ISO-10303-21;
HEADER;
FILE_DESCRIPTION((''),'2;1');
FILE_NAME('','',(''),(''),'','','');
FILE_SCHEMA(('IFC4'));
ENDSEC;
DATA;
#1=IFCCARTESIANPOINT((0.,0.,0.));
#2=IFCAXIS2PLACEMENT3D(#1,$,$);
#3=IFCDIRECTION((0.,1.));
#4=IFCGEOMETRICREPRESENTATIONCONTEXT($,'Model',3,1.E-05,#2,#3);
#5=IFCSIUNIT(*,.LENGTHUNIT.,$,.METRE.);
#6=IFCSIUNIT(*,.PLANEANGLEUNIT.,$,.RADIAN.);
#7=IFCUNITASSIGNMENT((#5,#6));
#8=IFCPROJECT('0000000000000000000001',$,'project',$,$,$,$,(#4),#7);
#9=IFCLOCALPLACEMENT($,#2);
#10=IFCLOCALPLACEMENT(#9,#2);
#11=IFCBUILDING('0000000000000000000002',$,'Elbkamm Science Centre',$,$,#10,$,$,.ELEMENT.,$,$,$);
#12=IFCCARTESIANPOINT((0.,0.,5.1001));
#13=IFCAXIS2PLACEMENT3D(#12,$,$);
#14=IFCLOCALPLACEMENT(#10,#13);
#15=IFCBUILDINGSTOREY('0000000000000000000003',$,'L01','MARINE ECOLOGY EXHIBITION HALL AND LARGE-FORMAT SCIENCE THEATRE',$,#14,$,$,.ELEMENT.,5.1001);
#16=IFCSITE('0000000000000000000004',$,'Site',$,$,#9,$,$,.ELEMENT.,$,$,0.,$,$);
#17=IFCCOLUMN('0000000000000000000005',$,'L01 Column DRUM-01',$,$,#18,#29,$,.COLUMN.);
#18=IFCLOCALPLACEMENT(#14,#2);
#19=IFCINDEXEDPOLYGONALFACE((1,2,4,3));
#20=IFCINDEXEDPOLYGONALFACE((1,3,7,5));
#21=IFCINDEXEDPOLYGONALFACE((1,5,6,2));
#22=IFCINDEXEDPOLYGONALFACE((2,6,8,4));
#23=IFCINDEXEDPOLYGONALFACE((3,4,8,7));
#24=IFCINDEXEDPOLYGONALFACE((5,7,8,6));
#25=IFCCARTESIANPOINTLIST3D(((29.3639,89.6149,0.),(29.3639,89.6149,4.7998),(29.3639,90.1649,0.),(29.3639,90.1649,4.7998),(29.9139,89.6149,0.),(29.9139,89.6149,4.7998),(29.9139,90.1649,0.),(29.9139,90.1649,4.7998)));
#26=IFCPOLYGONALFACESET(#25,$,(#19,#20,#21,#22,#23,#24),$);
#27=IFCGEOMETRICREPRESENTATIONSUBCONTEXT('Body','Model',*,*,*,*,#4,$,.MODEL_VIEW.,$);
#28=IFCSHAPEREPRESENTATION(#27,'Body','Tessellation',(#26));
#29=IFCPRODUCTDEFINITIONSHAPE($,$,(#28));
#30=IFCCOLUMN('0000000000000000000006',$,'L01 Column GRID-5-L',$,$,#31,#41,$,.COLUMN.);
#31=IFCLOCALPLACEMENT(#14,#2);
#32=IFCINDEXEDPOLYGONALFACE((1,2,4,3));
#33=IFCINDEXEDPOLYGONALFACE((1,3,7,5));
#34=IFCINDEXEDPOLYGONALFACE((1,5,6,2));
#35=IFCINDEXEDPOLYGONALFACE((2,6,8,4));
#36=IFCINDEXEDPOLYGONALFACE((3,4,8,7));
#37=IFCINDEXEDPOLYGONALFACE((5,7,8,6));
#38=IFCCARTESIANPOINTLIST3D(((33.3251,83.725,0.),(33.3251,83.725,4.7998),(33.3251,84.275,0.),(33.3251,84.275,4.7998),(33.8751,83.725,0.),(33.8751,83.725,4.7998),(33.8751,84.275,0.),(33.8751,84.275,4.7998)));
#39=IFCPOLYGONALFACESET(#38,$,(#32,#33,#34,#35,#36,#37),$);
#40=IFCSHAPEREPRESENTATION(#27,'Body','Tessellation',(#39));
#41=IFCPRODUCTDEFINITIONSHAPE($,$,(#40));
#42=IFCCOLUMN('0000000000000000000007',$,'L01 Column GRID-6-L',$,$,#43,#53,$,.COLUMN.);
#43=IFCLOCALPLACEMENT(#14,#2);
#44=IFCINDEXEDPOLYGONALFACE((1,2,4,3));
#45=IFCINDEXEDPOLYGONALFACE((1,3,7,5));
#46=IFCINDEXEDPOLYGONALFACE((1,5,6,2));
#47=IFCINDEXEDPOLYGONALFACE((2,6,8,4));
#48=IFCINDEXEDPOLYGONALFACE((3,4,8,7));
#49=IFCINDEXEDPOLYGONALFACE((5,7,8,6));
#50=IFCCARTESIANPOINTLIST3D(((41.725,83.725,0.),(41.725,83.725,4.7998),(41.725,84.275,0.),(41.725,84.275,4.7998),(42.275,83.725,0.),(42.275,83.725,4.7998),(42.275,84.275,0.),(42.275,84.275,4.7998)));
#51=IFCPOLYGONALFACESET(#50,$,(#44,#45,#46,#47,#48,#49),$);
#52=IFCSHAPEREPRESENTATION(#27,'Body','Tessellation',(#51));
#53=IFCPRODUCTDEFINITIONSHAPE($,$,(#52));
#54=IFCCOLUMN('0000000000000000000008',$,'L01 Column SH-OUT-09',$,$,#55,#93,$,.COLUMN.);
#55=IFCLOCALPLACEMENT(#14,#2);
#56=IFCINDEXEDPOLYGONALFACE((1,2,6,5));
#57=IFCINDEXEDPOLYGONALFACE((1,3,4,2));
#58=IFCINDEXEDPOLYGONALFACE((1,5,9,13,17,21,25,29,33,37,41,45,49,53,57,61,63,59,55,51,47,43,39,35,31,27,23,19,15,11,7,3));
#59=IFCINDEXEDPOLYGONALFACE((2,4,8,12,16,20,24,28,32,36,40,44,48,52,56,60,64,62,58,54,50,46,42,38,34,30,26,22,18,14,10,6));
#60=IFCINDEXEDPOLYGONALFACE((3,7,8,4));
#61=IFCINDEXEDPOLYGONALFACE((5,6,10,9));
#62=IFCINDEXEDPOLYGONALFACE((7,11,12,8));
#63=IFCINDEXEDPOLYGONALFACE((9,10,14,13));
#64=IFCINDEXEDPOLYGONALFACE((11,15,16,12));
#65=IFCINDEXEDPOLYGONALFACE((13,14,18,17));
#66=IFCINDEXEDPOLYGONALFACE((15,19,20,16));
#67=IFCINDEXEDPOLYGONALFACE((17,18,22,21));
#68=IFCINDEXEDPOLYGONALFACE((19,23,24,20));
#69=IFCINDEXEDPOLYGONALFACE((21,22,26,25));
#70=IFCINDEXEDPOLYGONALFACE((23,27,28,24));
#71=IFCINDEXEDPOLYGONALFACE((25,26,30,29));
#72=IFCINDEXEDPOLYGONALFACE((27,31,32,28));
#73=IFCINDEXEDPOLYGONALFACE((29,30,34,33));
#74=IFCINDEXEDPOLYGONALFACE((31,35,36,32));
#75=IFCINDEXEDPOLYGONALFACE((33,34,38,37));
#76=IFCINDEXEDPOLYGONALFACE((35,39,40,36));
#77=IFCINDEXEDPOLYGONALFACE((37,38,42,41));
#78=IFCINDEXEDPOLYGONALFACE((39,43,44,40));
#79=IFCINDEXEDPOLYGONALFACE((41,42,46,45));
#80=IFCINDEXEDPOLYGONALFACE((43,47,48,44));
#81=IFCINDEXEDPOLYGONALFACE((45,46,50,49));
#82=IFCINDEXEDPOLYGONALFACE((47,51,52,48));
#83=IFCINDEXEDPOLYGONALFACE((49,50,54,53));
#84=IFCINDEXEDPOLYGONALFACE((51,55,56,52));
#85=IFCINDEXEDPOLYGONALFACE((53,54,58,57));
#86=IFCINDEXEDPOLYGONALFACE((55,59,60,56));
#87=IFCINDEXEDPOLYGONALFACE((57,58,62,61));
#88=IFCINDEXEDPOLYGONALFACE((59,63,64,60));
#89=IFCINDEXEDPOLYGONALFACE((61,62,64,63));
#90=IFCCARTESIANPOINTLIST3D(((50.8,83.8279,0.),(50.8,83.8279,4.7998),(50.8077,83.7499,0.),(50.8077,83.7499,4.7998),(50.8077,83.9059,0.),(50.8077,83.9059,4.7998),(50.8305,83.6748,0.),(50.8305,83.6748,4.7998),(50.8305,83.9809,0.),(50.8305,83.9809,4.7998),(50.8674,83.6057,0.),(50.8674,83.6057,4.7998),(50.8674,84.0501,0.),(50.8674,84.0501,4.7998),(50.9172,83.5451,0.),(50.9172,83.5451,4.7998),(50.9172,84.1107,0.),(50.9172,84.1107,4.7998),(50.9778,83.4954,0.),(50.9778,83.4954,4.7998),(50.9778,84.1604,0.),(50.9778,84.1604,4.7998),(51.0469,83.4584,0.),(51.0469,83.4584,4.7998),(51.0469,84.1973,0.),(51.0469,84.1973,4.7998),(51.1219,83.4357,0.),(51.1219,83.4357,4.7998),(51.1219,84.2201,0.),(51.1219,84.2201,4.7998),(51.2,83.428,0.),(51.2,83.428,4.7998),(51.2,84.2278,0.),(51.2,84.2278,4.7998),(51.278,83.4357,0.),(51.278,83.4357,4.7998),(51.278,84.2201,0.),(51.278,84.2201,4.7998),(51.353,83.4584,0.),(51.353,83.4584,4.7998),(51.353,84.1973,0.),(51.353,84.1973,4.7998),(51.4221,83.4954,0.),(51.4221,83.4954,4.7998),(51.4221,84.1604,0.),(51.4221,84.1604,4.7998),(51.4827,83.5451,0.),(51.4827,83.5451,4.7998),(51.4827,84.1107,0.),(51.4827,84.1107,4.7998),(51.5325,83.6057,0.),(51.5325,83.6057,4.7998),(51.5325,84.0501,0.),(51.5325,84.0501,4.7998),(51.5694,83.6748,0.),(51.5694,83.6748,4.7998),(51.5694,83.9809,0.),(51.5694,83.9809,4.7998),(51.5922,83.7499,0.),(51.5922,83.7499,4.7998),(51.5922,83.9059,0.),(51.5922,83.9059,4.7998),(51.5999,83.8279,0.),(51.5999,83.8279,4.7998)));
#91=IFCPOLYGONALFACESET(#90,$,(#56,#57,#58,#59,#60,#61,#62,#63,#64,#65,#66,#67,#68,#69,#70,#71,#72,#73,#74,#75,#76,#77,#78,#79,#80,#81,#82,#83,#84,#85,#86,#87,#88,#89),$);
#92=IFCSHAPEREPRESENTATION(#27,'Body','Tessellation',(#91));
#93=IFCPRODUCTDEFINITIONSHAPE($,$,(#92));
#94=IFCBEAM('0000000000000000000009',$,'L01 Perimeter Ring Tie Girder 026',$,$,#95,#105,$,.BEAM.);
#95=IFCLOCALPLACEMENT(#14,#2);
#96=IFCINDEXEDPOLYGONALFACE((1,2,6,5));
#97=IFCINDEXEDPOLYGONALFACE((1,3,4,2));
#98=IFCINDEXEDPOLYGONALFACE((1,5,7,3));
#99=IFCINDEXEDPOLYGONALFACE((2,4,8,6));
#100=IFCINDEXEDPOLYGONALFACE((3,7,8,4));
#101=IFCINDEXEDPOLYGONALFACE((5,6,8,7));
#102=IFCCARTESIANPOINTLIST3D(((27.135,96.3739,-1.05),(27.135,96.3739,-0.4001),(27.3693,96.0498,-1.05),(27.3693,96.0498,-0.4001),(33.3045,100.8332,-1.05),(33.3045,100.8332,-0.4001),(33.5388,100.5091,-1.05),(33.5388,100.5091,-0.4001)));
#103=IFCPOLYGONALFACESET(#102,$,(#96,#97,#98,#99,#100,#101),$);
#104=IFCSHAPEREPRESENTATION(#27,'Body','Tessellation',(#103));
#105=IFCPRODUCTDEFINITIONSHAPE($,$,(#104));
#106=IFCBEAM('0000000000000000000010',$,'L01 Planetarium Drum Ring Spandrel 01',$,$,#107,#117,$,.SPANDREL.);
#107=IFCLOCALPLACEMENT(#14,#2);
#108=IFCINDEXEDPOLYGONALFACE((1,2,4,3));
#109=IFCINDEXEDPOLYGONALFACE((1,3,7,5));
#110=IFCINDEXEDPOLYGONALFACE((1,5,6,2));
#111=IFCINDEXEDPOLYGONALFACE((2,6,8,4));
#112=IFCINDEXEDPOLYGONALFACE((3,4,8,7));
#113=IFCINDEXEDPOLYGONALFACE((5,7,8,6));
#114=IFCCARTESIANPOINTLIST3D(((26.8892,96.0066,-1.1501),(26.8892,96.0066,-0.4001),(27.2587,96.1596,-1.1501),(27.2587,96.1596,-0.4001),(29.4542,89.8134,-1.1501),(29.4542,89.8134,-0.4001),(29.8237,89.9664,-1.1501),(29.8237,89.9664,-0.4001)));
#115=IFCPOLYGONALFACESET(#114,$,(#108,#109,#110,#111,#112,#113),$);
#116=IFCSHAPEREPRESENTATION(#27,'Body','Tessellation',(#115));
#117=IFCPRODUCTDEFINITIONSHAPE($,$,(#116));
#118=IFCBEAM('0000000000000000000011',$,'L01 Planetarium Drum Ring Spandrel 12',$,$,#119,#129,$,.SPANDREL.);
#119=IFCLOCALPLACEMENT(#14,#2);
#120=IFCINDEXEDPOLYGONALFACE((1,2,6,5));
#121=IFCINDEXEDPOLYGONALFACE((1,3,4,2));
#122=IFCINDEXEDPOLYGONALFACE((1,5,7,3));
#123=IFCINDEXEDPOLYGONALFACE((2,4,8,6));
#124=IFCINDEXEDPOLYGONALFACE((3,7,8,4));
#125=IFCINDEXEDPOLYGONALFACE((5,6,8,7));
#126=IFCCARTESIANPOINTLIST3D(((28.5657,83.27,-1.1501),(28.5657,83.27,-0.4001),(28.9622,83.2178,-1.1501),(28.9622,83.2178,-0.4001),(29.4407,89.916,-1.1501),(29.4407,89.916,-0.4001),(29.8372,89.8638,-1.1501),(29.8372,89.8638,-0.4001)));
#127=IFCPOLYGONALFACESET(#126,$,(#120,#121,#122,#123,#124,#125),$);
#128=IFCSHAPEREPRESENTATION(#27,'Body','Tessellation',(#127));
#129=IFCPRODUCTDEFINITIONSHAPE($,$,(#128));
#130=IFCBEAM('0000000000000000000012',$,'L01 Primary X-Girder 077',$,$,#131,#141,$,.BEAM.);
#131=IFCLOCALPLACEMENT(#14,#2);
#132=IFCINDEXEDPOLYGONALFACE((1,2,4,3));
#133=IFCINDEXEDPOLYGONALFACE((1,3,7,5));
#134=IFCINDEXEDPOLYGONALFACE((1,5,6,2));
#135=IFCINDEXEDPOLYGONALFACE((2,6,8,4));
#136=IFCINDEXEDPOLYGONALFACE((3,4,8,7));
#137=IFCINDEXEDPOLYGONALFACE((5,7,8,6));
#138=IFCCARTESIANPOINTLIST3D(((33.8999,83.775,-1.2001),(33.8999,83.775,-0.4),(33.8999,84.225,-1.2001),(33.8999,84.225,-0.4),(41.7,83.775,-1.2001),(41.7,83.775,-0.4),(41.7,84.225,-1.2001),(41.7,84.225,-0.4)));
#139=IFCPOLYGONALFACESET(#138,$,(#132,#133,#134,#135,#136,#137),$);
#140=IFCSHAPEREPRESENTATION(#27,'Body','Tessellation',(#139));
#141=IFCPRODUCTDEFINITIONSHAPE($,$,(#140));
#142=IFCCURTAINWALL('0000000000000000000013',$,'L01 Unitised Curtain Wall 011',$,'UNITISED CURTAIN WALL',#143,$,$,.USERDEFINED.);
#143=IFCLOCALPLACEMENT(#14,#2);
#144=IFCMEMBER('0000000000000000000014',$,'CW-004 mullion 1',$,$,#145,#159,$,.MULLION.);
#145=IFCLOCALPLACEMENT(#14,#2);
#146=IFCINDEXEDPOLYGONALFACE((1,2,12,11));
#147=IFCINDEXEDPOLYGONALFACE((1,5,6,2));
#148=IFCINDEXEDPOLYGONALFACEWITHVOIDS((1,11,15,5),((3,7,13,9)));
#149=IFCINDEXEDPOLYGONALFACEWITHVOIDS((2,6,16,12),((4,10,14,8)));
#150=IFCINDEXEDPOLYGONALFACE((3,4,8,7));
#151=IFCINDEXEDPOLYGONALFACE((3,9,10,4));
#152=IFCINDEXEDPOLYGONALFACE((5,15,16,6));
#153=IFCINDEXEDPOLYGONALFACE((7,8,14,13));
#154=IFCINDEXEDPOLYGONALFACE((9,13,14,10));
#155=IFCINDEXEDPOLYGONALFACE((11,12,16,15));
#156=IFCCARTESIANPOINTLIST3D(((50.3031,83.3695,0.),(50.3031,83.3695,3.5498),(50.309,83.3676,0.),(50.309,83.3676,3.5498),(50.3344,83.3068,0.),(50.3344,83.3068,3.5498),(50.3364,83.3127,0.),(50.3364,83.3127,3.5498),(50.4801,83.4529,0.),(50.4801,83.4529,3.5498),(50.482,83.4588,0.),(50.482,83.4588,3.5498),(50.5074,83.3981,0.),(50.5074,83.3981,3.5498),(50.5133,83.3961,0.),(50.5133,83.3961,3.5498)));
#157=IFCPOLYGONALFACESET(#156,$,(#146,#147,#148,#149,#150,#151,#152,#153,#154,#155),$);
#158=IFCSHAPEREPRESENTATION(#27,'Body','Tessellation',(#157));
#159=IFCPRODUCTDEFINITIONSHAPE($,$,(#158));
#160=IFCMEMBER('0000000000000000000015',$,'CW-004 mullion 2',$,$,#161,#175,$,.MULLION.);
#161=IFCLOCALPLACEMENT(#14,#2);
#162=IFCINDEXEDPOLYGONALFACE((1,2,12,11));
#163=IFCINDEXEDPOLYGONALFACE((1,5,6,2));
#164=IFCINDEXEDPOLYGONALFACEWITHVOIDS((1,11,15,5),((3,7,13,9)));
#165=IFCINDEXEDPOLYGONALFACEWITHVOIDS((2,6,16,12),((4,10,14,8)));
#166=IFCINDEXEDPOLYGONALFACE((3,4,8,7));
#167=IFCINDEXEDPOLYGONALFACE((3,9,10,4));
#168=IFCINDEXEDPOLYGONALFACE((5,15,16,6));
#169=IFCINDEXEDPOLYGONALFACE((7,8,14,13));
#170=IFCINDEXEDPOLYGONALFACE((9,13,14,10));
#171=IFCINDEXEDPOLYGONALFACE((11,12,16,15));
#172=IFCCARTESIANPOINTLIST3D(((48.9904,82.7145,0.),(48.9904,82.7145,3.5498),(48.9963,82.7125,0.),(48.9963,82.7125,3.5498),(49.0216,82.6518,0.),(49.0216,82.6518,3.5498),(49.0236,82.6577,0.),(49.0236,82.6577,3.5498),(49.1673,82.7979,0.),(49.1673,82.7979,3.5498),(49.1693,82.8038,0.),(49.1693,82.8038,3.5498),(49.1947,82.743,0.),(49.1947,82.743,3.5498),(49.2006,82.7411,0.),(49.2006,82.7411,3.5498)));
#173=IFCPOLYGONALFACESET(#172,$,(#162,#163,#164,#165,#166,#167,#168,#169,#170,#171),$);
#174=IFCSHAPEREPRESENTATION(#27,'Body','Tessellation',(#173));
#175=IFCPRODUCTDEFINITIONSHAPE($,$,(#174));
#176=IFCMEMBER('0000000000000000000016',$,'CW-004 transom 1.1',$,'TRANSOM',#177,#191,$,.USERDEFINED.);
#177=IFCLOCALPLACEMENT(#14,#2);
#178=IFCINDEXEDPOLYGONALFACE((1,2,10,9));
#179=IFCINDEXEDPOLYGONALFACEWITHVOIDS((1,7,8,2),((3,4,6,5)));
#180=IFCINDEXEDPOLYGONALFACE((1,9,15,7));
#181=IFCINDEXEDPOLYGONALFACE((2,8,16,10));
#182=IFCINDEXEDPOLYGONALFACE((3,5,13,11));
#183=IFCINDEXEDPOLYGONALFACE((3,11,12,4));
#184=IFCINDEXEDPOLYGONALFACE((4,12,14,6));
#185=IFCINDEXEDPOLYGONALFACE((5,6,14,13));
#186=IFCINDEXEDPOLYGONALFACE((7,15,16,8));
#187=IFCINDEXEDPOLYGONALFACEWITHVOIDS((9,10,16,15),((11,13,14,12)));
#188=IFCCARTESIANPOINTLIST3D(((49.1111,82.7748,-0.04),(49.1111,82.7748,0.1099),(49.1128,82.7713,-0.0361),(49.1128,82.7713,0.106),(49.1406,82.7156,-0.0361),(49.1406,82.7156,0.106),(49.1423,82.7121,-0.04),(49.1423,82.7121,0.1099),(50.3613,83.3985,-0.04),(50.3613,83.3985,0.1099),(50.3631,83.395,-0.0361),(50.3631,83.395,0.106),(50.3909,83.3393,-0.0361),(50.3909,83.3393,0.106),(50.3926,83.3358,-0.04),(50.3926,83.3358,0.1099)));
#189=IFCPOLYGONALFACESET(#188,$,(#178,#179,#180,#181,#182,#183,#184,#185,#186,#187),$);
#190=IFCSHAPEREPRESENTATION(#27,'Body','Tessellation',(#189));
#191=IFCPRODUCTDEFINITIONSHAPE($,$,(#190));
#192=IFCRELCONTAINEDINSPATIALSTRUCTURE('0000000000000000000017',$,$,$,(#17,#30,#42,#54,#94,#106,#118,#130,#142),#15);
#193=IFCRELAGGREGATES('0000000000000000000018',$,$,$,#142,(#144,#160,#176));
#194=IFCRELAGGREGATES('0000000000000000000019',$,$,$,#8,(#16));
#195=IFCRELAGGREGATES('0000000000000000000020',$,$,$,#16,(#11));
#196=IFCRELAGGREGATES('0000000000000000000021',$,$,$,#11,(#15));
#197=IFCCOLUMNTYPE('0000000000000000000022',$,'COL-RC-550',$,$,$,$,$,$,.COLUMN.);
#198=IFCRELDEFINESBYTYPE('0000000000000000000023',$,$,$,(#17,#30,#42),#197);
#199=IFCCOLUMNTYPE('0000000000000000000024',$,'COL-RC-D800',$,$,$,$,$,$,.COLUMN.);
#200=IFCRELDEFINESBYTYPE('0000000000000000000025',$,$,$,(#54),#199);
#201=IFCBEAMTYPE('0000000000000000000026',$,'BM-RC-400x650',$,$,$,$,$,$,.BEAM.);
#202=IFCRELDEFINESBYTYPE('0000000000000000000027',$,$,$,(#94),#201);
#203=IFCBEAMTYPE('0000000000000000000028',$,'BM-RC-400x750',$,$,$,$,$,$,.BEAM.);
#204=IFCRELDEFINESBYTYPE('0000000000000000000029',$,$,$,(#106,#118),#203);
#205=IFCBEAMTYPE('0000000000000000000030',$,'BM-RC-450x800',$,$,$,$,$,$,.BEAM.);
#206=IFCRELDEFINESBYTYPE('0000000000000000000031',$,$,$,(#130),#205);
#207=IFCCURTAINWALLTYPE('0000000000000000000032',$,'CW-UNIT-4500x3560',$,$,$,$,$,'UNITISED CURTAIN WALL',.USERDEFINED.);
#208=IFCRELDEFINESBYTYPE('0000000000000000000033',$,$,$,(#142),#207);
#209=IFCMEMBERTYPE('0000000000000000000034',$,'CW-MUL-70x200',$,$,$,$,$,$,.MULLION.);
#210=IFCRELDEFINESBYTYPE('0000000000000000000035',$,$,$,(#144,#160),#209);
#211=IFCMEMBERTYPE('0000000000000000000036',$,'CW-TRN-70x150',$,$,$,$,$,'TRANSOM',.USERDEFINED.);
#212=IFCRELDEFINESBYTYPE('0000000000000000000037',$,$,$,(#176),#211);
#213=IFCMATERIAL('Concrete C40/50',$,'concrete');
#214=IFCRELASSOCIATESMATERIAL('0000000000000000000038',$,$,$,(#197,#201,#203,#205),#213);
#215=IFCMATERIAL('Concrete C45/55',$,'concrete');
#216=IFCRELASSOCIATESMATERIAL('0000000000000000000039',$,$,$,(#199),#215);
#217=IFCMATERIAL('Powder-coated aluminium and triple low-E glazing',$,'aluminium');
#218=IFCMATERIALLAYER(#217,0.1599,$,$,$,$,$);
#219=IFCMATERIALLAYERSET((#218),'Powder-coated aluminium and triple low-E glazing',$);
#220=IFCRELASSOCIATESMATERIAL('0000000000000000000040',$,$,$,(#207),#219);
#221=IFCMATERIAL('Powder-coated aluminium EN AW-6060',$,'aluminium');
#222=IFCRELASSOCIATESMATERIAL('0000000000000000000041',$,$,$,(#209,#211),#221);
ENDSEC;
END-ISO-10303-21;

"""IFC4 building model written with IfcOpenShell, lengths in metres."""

from ifc_helpers import new_model, si_unit, direction, frame, origin, origin_2d, place, context, subcontext, project, spatial, rectangle, hollow_rectangle, circle, extrude, material, layer, layer_set, material_profile, profile_set, type_object, element, aggregate, save


model = new_model("IFC4")

# Units and contexts
model_context = context("Model", 3, precision=1e-05, world=origin(), true_north=direction((0.0, 1.0)))
body_context = subcontext(model_context, "Body", "Model", "MODEL_VIEW")
ifc_project = project(units=[si_unit("LENGTHUNIT", "METRE"), si_unit("PLANEANGLEUNIT", "RADIAN")], contexts=[model_context])

# Site, building, storey
site_placement = place(None, origin())
site = spatial("IfcSite", under=ifc_project, at=site_placement, Name="Site", CompositionType="ELEMENT", RefElevation=0.0)
building_placement = place(site_placement, origin())
building = spatial("IfcBuilding", under=site, at=building_placement, Name="Elbkamm Science Centre", CompositionType="ELEMENT")
storey_placement = place(building_placement, frame((0.0, 0.0, 5.1001)))
storey = spatial("IfcBuildingStorey", under=building, at=storey_placement, Name="L01", Description="MARINE ECOLOGY EXHIBITION HALL AND LARGE-FORMAT SCIENCE THEATRE", CompositionType="ELEMENT", Elevation=5.1001)

# Columns
ifc_material_1 = material(Name="Concrete C40/50", Category="concrete")
ifc_material_profile_1 = material_profile(ifc_material_1, rectangle(XDim=0.55, YDim=0.55, at=origin_2d()), Name="RC 550x550")
ifc_profile_set_1 = profile_set([ifc_material_profile_1], Name="Concrete C40/50")
column_type_1 = type_object("IfcColumnType", Name="COL-RC-550", PredefinedType="COLUMN", material=ifc_profile_set_1)
for number, where, z_axis, x_axis, name in (
    (1, (29.6389, 89.8899, 0.0), (0.0, 0.0, 1.0), (1.0, 0.0, 0.0), "L01 Column DRUM-01"),
    (2, (33.6001, 84.0, 0.0), (0.0, 0.0, 1.0), (1.0, 0.0, 0.0), "L01 Column GRID-5-L"),
    (3, (42.0, 84.0, 0.0), (0.0, 0.0, 1.0), (1.0, 0.0, 0.0), "L01 Column GRID-6-L"),
):
    element("IfcColumn", number, at=place(storey_placement, frame(where, z_axis=z_axis, x_axis=x_axis)), inside=storey, type_object=column_type_1, Name=name, PredefinedType="COLUMN", context=body_context, shape_type="SweptSolid", body=[
        extrude(rectangle(XDim=0.55, YDim=0.55, at=origin_2d()), origin(), (0.0, 0.0, 1.0), 4.7998),
    ])
ifc_material_2 = material(Name="Concrete C45/55", Category="concrete")
ifc_material_profile_2 = material_profile(ifc_material_2, circle(Radius=0.3999, at=origin_2d()), Name="RC D800")
ifc_profile_set_2 = profile_set([ifc_material_profile_2], Name="Concrete C45/55")
column_type_2 = type_object("IfcColumnType", Name="COL-RC-D800", PredefinedType="COLUMN", material=ifc_profile_set_2)
column_placement = place(storey_placement, frame((51.2, 83.8279, 0.0), z_axis=(0.0, 0.0, 1.0), x_axis=(1.0, 0.0, 0.0)))
element("IfcColumn", 4, at=column_placement, inside=storey, type_object=column_type_2, Name="L01 Column SH-OUT-09", PredefinedType="COLUMN", context=body_context, shape_type="SweptSolid", body=[
    extrude(circle(Radius=0.3999, at=origin_2d()), origin(), (0.0, 0.0, 1.0), 4.7998),
])

# Beams
ifc_material_profile_3 = material_profile(ifc_material_1, rectangle(XDim=0.3999, YDim=0.6499, at=origin_2d()), Name="RC 400x650")
ifc_profile_set_3 = profile_set([ifc_material_profile_3], Name="Concrete C40/50")
beam_type_1 = type_object("IfcBeamType", Name="BM-RC-400x650", PredefinedType="BEAM", material=ifc_profile_set_3)
beam_1_placement = place(storey_placement, frame((33.4216, 100.6711, -0.7251), z_axis=(-0.810459, -0.585795, 0.0), x_axis=(0.585795, -0.810459, 0.0)))
element("IfcBeam", 5, at=beam_1_placement, inside=storey, type_object=beam_type_1, Name="L01 Perimeter Ring Tie Girder 026", PredefinedType="BEAM", context=body_context, shape_type="SweptSolid", body=[
    extrude(rectangle(XDim=0.3999, YDim=0.6499, at=origin_2d()), origin(), (0.0, 0.0, 1.0), 7.6123),
])
ifc_material_profile_4 = material_profile(ifc_material_1, rectangle(XDim=0.3999, YDim=0.75, at=origin_2d()), Name="RC 400x750")
ifc_profile_set_4 = profile_set([ifc_material_profile_4], Name="Concrete C40/50")
beam_type_2 = type_object("IfcBeamType", Name="BM-RC-400x750", PredefinedType="BEAM", material=ifc_profile_set_4)
for number, where, z_axis, x_axis, name in (
    (6, (29.6389, 89.8899, -0.7751), (-0.382641, 0.923897, 0.0), (-0.923897, -0.382641, 0.0), "L01 Planetarium Drum Ring Spandrel 01"),
    (7, (28.7639, 83.2439, -0.7751), (0.130532, 0.991444, 0.0), (-0.991444, 0.130532, 0.0), "L01 Planetarium Drum Ring Spandrel 12"),
):
    element("IfcBeam", number, at=place(storey_placement, frame(where, z_axis=z_axis, x_axis=x_axis)), inside=storey, type_object=beam_type_2, Name=name, PredefinedType="SPANDREL", context=body_context, shape_type="SweptSolid", body=[
        extrude(rectangle(XDim=0.3999, YDim=0.75, at=origin_2d()), origin(), (0.0, 0.0, 1.0), 6.7034),
    ])
ifc_material_profile_5 = material_profile(ifc_material_1, rectangle(XDim=0.45, YDim=0.8, at=origin_2d()), Name="RC 450x800")
ifc_profile_set_5 = profile_set([ifc_material_profile_5], Name="Concrete C40/50")
beam_type_3 = type_object("IfcBeamType", Name="BM-RC-450x800", PredefinedType="BEAM", material=ifc_profile_set_5)
beam_2_placement = place(storey_placement, frame((33.8999, 84.0, -0.8), z_axis=(1.0, 0.0, 0.0), x_axis=(0.0, 1.0, 0.0)))
element("IfcBeam", 8, at=beam_2_placement, inside=storey, type_object=beam_type_3, Name="L01 Primary X-Girder 077", PredefinedType="BEAM", context=body_context, shape_type="SweptSolid", body=[
    extrude(rectangle(XDim=0.45, YDim=0.8, at=origin_2d()), origin(), (0.0, 0.0, 1.0), 7.8),
])

# Curtain wall, members
ifc_material_3 = material(Name="Powder-coated aluminium and triple low-E glazing", Category="aluminium")
ifc_layer_1 = layer(ifc_material_3, 0.1599)
ifc_layer_set_1 = layer_set([ifc_layer_1], Name="Powder-coated aluminium and triple low-E glazing")
curtain_wall_type = type_object("IfcCurtainWallType", Name="CW-UNIT-4500x3560", ElementType="UNITISED CURTAIN WALL", PredefinedType="USERDEFINED", material=ifc_layer_set_1)
curtain_wall_placement = place(storey_placement, origin())
curtain_wall = element("IfcCurtainWall", 9, at=curtain_wall_placement, inside=storey, type_object=curtain_wall_type, Name="L01 Unitised Curtain Wall 011", ObjectType="UNITISED CURTAIN WALL", PredefinedType="USERDEFINED")
ifc_material_4 = material(Name="Powder-coated aluminium EN AW-6060", Category="aluminium")
ifc_material_profile_6 = material_profile(ifc_material_4, hollow_rectangle(XDim=0.0701, YDim=0.2, WallThickness=0.0044, at=origin_2d()), Name="ALU M70x200")
ifc_profile_set_6 = profile_set([ifc_material_profile_6], Name="Powder-coated aluminium EN AW-6060")
member_type_1 = type_object("IfcMemberType", Name="CW-MUL-70x200", PredefinedType="MULLION", material=ifc_profile_set_6)
member_1_placement = place(storey_placement, frame((50.4082, 83.3828, 0.0), z_axis=(0.0, 0.0, 1.0), x_axis=(0.446441, -0.894813, 0.0)))
member_1 = element("IfcMember", 10, at=member_1_placement, type_object=member_type_1, Name="CW-004 mullion 1", PredefinedType="MULLION", context=body_context, shape_type="SweptSolid", body=[
    extrude(hollow_rectangle(XDim=0.0701, YDim=0.2, WallThickness=0.0044, at=origin_2d()), origin(), (0.0, 0.0, 1.0), 3.5498),
])
member_2_placement = place(storey_placement, frame((49.0955, 82.7278, 0.0), z_axis=(0.0, 0.0, 1.0), x_axis=(0.446441, -0.894813, 0.0)))
member_2 = element("IfcMember", 11, at=member_2_placement, type_object=member_type_1, Name="CW-004 mullion 2", PredefinedType="MULLION", context=body_context, shape_type="SweptSolid", body=[
    extrude(hollow_rectangle(XDim=0.0701, YDim=0.2, WallThickness=0.0044, at=origin_2d()), origin(), (0.0, 0.0, 1.0), 3.5498),
])
ifc_material_profile_7 = material_profile(ifc_material_4, hollow_rectangle(XDim=0.0701, YDim=0.1499, WallThickness=0.0039, at=origin_2d()), Name="ALU T70x150")
ifc_profile_set_7 = profile_set([ifc_material_profile_7], Name="Powder-coated aluminium EN AW-6060")
member_type_2 = type_object("IfcMemberType", Name="CW-TRN-70x150", ElementType="TRANSOM", PredefinedType="USERDEFINED", material=ifc_profile_set_7)
member_3_placement = place(storey_placement, frame((50.377, 83.3672, 0.0349), z_axis=(-0.894811, -0.446445, 0.0), x_axis=(0.446445, -0.894811, 0.0)))
member_3 = element("IfcMember", 12, at=member_3_placement, type_object=member_type_2, Name="CW-004 transom 1.1", ObjectType="TRANSOM", PredefinedType="USERDEFINED", context=body_context, shape_type="SweptSolid", body=[
    extrude(hollow_rectangle(XDim=0.0701, YDim=0.1499, WallThickness=0.0039, at=origin_2d()), origin(), (0.0, 0.0, 1.0), 1.3972),
])
aggregate(curtain_wall, [member_1, member_2, member_3])

save(model, "model.ifc")
